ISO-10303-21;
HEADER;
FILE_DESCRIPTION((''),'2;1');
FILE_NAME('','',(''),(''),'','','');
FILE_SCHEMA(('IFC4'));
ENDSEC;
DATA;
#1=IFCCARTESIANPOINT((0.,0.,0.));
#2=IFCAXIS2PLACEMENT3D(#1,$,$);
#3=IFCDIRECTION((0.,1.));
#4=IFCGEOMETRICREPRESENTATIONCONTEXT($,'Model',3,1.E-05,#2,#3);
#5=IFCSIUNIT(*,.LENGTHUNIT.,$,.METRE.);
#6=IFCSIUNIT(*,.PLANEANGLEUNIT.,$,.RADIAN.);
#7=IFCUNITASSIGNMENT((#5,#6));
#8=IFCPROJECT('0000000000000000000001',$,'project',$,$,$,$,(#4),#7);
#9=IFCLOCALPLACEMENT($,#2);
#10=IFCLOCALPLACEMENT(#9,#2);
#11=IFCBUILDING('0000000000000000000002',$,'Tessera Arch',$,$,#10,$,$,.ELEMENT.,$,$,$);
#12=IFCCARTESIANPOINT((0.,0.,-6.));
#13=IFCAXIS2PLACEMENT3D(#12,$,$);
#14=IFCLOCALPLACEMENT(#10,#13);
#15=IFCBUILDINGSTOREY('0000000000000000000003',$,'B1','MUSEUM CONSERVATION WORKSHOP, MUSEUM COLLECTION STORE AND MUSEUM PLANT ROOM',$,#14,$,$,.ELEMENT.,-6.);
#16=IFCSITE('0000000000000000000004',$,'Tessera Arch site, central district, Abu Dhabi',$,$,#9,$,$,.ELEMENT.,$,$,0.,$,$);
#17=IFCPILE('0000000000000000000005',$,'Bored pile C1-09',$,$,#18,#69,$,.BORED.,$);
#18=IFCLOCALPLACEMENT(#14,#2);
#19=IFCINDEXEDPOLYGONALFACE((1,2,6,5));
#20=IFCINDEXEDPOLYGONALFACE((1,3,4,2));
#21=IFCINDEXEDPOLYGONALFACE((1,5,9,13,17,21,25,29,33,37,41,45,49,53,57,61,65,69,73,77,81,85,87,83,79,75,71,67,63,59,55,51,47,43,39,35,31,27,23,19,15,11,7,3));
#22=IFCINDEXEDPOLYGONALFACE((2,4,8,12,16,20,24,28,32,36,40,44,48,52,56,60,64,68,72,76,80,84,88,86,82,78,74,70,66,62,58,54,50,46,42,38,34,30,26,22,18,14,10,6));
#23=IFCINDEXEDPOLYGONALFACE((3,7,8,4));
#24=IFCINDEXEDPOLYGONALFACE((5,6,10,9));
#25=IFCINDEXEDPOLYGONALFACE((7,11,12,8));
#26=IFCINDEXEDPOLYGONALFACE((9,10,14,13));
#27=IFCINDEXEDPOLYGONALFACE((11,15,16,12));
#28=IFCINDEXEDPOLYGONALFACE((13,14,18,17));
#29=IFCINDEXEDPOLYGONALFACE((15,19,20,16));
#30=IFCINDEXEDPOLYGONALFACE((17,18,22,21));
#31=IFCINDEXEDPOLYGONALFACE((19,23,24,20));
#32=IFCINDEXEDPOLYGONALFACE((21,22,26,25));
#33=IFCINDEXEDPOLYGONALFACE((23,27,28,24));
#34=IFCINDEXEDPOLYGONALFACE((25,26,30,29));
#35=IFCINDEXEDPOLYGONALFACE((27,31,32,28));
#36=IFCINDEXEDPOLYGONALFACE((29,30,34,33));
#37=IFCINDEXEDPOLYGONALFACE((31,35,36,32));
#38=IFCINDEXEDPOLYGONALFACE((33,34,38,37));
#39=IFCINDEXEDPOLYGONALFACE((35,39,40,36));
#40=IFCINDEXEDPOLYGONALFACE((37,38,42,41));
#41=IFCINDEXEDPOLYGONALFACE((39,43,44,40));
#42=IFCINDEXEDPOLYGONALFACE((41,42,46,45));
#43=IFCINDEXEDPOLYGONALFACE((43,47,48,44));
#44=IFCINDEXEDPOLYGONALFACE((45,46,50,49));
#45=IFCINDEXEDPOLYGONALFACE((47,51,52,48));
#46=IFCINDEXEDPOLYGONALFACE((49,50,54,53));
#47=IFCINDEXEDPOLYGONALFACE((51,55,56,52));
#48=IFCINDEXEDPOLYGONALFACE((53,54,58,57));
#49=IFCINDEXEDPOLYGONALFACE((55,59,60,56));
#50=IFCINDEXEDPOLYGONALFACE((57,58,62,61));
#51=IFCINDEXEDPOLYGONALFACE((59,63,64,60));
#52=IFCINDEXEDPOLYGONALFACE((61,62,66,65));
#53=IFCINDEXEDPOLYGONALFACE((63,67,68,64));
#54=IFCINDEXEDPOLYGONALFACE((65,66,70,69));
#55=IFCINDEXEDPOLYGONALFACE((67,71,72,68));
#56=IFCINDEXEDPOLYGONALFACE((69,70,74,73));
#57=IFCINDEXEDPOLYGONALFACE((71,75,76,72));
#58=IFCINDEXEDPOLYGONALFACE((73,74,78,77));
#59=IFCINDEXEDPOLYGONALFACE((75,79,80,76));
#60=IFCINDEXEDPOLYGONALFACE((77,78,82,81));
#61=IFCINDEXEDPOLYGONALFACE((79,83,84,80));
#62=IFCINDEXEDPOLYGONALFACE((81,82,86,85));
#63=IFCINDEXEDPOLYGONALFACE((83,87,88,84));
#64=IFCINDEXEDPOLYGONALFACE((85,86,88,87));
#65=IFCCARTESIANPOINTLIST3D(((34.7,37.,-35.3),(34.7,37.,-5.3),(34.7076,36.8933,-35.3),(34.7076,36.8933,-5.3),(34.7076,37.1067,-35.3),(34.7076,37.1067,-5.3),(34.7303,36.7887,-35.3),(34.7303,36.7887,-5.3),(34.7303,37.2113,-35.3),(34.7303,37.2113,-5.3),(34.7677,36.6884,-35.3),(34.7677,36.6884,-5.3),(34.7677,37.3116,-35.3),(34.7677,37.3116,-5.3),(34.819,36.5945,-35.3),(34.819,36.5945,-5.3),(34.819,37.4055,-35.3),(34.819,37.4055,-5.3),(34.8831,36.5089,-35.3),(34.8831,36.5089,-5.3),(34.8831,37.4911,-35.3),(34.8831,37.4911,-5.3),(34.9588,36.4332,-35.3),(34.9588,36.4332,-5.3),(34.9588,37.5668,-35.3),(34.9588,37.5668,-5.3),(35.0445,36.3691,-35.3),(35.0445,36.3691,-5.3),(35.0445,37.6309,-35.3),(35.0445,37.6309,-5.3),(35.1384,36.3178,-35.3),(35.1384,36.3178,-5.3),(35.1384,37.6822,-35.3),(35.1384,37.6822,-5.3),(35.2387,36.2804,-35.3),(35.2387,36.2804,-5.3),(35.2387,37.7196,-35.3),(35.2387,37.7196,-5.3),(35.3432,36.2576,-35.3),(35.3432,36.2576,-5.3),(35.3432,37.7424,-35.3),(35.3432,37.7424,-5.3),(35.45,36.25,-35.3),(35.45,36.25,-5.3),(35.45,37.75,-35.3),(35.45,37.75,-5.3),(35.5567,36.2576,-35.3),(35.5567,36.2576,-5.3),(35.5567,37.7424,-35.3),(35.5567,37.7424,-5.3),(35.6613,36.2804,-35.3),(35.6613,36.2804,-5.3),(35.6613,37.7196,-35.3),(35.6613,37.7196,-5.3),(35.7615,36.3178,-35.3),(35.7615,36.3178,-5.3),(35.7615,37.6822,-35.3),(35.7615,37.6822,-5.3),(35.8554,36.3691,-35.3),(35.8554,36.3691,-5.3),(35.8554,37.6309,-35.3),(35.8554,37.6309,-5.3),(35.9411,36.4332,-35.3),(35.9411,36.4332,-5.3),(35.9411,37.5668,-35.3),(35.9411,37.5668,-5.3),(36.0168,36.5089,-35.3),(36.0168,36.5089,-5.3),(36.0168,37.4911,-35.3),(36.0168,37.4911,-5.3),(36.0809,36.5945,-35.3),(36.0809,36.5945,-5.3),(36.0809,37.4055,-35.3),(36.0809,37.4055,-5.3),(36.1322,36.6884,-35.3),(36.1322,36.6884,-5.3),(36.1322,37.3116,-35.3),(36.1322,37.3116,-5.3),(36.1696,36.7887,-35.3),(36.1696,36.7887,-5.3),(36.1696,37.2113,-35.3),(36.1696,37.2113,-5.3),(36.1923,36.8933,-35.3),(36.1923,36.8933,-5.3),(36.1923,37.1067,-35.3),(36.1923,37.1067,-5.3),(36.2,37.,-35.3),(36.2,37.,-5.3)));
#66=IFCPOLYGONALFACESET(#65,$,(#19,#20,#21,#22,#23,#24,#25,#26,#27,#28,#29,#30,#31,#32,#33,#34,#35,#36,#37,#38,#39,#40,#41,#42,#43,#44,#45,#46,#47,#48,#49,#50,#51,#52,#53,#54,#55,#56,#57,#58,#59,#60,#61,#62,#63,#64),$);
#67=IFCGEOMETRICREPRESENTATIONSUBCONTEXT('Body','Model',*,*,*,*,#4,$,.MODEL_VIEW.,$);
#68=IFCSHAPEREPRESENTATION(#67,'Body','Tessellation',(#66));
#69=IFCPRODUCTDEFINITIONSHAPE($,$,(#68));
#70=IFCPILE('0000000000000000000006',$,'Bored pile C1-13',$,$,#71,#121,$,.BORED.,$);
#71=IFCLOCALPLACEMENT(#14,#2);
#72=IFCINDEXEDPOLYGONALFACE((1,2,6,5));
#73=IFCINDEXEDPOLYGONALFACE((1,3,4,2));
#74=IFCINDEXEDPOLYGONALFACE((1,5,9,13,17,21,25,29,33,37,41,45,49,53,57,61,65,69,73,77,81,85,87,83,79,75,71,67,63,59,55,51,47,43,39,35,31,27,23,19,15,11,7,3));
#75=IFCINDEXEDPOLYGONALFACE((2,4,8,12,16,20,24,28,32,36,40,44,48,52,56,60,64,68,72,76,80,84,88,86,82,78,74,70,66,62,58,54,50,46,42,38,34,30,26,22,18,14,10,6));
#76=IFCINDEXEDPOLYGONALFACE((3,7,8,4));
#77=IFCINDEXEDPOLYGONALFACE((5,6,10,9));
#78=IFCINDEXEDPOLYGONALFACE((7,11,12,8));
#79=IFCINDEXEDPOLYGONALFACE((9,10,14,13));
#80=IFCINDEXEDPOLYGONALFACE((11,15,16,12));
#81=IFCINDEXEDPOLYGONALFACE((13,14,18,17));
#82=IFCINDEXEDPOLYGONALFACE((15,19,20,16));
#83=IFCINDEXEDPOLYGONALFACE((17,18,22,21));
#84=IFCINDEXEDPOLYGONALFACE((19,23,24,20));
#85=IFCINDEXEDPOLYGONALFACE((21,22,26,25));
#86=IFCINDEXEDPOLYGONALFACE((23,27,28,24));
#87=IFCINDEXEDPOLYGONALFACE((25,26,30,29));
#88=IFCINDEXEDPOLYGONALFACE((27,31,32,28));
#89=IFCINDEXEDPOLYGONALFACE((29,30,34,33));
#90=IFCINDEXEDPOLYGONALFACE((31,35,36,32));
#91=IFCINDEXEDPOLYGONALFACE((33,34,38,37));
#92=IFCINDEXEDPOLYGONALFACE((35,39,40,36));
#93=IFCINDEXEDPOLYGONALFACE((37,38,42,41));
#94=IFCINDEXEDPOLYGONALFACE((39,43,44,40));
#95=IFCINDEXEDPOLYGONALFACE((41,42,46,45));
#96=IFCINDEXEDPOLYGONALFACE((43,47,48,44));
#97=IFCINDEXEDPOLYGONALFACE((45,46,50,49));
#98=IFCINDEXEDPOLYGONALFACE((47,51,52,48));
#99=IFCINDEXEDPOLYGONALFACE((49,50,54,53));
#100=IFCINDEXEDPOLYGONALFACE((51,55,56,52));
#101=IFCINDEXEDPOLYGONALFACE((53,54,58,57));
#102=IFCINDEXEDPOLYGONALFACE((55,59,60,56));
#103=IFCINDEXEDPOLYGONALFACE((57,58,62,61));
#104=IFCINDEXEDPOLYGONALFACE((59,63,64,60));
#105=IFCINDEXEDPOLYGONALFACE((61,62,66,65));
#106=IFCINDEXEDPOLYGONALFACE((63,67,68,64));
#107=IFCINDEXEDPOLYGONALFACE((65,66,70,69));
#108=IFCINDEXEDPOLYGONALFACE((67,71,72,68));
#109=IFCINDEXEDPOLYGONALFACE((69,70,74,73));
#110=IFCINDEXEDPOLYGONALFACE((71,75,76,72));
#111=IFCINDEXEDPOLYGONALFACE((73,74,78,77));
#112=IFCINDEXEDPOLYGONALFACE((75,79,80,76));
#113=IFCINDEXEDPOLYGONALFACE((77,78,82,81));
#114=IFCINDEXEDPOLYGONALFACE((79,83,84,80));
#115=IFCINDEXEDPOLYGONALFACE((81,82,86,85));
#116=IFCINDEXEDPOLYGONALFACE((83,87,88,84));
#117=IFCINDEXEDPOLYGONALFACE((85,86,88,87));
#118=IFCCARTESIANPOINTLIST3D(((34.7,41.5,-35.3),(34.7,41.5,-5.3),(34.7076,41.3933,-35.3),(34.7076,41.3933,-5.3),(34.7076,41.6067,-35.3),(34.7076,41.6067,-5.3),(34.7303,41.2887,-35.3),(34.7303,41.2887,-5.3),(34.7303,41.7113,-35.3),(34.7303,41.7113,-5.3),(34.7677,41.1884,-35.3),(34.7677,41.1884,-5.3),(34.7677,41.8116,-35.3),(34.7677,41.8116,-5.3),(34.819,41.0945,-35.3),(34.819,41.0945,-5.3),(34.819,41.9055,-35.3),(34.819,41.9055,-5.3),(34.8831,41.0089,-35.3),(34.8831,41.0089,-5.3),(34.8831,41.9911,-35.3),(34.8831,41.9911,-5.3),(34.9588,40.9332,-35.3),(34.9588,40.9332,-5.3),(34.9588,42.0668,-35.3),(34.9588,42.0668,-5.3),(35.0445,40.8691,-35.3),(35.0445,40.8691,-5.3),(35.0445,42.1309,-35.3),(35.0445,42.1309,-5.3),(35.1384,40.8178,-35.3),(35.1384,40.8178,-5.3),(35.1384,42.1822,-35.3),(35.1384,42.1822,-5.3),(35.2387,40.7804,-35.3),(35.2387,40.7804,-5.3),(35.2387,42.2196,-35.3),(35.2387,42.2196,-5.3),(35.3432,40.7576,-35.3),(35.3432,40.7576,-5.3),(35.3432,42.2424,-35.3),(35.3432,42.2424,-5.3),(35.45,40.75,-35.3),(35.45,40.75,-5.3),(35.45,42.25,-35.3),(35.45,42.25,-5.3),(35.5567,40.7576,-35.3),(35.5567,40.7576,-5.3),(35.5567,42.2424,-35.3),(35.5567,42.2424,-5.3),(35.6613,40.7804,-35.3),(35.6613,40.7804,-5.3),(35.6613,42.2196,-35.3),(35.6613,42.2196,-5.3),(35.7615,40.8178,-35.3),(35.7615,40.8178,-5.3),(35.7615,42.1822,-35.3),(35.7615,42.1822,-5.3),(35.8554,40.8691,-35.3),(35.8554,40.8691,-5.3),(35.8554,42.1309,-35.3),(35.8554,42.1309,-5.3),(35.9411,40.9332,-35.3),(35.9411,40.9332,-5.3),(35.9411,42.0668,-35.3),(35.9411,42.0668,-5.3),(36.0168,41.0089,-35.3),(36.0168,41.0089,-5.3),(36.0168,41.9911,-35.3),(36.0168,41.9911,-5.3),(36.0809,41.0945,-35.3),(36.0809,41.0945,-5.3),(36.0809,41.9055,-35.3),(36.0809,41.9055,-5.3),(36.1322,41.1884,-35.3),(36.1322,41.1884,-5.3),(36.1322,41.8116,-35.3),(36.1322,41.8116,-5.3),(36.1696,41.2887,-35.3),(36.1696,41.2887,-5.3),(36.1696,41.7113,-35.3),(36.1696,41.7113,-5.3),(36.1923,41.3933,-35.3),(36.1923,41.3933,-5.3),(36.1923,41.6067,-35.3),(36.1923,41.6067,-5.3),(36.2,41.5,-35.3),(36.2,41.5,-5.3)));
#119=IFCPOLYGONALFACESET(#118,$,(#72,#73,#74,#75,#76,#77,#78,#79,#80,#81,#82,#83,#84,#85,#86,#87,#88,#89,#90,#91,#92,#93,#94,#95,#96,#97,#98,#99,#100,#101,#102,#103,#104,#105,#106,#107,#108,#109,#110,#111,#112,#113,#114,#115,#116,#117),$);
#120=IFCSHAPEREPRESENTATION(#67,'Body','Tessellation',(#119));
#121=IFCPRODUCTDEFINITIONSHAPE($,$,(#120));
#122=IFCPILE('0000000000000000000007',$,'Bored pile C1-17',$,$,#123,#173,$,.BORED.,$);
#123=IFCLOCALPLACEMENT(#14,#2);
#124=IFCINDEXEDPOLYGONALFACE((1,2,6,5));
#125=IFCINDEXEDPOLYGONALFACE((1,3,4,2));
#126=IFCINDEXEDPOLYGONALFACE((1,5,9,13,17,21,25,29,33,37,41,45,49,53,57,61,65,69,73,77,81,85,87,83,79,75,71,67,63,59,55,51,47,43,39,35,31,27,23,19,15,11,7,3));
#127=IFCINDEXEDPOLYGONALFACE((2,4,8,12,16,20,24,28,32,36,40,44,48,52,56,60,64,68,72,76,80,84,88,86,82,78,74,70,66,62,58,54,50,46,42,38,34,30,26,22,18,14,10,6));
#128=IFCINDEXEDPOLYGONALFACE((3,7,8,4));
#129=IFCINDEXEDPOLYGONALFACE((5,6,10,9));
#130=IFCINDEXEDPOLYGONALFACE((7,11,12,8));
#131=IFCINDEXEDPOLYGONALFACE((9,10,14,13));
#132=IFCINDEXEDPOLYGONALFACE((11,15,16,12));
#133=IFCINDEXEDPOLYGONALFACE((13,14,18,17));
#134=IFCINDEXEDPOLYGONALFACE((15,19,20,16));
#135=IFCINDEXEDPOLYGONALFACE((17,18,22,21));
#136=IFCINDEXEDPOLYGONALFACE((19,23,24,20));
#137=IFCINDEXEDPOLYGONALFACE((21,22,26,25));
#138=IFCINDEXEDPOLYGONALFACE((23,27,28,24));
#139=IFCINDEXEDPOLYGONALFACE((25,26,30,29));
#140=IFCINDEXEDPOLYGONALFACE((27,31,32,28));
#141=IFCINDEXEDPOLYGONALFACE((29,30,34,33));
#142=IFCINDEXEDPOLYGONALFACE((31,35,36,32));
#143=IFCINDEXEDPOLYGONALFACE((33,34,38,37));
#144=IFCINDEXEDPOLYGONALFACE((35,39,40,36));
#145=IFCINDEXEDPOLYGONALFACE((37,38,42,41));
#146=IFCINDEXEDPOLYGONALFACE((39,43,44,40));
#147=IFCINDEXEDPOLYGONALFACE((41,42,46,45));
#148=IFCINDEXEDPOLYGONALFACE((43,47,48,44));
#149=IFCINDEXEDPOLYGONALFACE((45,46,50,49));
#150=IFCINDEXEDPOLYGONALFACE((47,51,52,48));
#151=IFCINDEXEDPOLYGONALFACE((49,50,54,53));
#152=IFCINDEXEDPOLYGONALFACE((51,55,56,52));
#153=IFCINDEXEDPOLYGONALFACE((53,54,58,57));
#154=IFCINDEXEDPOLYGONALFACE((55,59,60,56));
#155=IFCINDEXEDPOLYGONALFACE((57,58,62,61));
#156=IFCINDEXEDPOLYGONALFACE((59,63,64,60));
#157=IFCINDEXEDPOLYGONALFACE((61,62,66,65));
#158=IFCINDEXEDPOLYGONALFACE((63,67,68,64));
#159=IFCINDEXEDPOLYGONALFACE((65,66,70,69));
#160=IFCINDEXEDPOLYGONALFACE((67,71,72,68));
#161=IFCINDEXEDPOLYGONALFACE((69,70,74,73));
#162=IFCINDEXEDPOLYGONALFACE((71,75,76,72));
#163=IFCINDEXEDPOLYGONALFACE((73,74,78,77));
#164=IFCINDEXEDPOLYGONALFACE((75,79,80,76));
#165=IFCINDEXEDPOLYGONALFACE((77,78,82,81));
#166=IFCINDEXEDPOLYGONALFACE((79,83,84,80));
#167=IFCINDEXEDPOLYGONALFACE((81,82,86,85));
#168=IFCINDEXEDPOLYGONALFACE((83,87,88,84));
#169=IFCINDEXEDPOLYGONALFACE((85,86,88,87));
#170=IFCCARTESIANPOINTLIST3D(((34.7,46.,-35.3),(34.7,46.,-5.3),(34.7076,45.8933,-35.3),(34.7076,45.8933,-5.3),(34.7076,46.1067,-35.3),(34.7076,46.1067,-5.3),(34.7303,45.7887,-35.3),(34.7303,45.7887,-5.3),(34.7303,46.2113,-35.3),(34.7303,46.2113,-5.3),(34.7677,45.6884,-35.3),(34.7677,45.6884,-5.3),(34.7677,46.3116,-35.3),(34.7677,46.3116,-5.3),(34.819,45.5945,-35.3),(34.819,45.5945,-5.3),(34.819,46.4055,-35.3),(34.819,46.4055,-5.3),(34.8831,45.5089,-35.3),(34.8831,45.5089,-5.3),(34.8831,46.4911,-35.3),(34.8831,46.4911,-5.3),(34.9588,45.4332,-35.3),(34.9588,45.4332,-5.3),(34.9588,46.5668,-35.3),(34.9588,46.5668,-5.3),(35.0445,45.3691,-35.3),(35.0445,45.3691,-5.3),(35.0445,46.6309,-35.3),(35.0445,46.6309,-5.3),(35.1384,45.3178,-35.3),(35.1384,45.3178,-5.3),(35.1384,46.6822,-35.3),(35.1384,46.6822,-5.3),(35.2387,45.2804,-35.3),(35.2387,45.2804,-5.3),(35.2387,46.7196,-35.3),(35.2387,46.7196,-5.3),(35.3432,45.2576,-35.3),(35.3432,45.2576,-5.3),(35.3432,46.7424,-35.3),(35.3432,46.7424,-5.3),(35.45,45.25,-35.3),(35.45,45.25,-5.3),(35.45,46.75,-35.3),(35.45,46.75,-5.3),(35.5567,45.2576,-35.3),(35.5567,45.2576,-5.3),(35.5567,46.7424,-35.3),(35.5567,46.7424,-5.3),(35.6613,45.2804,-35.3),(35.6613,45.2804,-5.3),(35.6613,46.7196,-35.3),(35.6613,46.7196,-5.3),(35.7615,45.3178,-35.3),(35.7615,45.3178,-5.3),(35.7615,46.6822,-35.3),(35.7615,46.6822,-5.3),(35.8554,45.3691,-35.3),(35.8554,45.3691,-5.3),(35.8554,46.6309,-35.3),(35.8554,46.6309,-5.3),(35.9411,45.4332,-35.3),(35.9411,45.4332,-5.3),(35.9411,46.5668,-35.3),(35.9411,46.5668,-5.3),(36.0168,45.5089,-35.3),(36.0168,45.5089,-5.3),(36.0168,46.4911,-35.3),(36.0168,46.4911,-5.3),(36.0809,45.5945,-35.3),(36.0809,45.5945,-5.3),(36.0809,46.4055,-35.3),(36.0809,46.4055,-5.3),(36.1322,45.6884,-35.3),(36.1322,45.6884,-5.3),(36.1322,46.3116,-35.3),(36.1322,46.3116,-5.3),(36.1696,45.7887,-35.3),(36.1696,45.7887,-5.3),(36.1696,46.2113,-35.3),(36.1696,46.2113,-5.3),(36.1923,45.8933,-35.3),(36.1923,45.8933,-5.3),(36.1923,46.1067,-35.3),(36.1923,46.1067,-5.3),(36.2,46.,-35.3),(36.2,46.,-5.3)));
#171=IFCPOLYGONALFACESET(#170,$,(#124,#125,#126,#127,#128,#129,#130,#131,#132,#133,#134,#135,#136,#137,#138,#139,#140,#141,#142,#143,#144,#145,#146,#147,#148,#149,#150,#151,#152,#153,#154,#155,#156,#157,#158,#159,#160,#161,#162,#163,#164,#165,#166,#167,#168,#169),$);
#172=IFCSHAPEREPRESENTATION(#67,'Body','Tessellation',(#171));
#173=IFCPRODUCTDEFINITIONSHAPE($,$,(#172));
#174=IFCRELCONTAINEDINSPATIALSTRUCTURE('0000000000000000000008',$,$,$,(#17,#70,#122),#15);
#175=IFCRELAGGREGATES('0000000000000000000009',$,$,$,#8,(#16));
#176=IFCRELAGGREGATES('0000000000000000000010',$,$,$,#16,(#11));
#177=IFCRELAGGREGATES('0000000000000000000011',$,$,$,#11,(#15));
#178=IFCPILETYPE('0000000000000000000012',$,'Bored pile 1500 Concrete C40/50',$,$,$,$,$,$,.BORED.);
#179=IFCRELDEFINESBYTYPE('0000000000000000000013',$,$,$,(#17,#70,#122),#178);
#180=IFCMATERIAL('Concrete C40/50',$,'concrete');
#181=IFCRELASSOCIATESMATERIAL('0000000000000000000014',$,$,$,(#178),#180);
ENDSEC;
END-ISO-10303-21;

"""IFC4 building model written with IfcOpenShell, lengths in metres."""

from ifc_helpers import new_model, si_unit, direction, frame, origin, origin_2d, place, context, subcontext, project, spatial, circle, extrude, material, type_object, element, save


model = new_model("IFC4")

# Units and contexts
model_context = context("Model", 3, precision=1e-05, world=origin(), true_north=direction((0.0, 1.0)))
body_context = subcontext(model_context, "Body", "Model", "MODEL_VIEW")
ifc_project = project(units=[si_unit("LENGTHUNIT", "METRE"), si_unit("PLANEANGLEUNIT", "RADIAN")], contexts=[model_context])

# Site, building, storey
site_placement = place(None, origin())
site = spatial("IfcSite", under=ifc_project, at=site_placement, Name="Tessera Arch site, central district, Abu Dhabi", CompositionType="ELEMENT", RefElevation=0.0)
building_placement = place(site_placement, origin())
building = spatial("IfcBuilding", under=site, at=building_placement, Name="Tessera Arch", CompositionType="ELEMENT")
storey_placement = place(building_placement, frame((0.0, 0.0, -6.0)))
storey = spatial("IfcBuildingStorey", under=building, at=storey_placement, Name="B1", Description="MUSEUM CONSERVATION WORKSHOP, MUSEUM COLLECTION STORE AND MUSEUM PLANT ROOM", CompositionType="ELEMENT", Elevation=-6.0)

# Piles
ifc_material_1 = material(Name="Concrete C40/50", Category="concrete")
pile_type = type_object("IfcPileType", Name="Bored pile 1500 Concrete C40/50", PredefinedType="BORED", material=ifc_material_1)
for number, where, z_axis, x_axis, name in (
    (1, (35.45, 37.0, -5.3), (0.0, 0.0, -1.0), (1.0, 0.0, 0.0), "Bored pile C1-09"),
    (2, (35.45, 41.5, -5.3), (0.0, 0.0, -1.0), (1.0, 0.0, 0.0), "Bored pile C1-13"),
    (3, (35.45, 46.0, -5.3), (0.0, 0.0, -1.0), (1.0, 0.0, 0.0), "Bored pile C1-17"),
):
    element("IfcPile", number, at=place(storey_placement, frame(where, z_axis=z_axis, x_axis=x_axis)), inside=storey, type_object=pile_type, Name=name, PredefinedType="BORED", context=body_context, shape_type="SweptSolid", body=[
        extrude(circle(Radius=0.75, at=origin_2d()), origin(), (0.0, 0.0, 1.0), 30.0),
    ])

save(model, "model.ifc")
